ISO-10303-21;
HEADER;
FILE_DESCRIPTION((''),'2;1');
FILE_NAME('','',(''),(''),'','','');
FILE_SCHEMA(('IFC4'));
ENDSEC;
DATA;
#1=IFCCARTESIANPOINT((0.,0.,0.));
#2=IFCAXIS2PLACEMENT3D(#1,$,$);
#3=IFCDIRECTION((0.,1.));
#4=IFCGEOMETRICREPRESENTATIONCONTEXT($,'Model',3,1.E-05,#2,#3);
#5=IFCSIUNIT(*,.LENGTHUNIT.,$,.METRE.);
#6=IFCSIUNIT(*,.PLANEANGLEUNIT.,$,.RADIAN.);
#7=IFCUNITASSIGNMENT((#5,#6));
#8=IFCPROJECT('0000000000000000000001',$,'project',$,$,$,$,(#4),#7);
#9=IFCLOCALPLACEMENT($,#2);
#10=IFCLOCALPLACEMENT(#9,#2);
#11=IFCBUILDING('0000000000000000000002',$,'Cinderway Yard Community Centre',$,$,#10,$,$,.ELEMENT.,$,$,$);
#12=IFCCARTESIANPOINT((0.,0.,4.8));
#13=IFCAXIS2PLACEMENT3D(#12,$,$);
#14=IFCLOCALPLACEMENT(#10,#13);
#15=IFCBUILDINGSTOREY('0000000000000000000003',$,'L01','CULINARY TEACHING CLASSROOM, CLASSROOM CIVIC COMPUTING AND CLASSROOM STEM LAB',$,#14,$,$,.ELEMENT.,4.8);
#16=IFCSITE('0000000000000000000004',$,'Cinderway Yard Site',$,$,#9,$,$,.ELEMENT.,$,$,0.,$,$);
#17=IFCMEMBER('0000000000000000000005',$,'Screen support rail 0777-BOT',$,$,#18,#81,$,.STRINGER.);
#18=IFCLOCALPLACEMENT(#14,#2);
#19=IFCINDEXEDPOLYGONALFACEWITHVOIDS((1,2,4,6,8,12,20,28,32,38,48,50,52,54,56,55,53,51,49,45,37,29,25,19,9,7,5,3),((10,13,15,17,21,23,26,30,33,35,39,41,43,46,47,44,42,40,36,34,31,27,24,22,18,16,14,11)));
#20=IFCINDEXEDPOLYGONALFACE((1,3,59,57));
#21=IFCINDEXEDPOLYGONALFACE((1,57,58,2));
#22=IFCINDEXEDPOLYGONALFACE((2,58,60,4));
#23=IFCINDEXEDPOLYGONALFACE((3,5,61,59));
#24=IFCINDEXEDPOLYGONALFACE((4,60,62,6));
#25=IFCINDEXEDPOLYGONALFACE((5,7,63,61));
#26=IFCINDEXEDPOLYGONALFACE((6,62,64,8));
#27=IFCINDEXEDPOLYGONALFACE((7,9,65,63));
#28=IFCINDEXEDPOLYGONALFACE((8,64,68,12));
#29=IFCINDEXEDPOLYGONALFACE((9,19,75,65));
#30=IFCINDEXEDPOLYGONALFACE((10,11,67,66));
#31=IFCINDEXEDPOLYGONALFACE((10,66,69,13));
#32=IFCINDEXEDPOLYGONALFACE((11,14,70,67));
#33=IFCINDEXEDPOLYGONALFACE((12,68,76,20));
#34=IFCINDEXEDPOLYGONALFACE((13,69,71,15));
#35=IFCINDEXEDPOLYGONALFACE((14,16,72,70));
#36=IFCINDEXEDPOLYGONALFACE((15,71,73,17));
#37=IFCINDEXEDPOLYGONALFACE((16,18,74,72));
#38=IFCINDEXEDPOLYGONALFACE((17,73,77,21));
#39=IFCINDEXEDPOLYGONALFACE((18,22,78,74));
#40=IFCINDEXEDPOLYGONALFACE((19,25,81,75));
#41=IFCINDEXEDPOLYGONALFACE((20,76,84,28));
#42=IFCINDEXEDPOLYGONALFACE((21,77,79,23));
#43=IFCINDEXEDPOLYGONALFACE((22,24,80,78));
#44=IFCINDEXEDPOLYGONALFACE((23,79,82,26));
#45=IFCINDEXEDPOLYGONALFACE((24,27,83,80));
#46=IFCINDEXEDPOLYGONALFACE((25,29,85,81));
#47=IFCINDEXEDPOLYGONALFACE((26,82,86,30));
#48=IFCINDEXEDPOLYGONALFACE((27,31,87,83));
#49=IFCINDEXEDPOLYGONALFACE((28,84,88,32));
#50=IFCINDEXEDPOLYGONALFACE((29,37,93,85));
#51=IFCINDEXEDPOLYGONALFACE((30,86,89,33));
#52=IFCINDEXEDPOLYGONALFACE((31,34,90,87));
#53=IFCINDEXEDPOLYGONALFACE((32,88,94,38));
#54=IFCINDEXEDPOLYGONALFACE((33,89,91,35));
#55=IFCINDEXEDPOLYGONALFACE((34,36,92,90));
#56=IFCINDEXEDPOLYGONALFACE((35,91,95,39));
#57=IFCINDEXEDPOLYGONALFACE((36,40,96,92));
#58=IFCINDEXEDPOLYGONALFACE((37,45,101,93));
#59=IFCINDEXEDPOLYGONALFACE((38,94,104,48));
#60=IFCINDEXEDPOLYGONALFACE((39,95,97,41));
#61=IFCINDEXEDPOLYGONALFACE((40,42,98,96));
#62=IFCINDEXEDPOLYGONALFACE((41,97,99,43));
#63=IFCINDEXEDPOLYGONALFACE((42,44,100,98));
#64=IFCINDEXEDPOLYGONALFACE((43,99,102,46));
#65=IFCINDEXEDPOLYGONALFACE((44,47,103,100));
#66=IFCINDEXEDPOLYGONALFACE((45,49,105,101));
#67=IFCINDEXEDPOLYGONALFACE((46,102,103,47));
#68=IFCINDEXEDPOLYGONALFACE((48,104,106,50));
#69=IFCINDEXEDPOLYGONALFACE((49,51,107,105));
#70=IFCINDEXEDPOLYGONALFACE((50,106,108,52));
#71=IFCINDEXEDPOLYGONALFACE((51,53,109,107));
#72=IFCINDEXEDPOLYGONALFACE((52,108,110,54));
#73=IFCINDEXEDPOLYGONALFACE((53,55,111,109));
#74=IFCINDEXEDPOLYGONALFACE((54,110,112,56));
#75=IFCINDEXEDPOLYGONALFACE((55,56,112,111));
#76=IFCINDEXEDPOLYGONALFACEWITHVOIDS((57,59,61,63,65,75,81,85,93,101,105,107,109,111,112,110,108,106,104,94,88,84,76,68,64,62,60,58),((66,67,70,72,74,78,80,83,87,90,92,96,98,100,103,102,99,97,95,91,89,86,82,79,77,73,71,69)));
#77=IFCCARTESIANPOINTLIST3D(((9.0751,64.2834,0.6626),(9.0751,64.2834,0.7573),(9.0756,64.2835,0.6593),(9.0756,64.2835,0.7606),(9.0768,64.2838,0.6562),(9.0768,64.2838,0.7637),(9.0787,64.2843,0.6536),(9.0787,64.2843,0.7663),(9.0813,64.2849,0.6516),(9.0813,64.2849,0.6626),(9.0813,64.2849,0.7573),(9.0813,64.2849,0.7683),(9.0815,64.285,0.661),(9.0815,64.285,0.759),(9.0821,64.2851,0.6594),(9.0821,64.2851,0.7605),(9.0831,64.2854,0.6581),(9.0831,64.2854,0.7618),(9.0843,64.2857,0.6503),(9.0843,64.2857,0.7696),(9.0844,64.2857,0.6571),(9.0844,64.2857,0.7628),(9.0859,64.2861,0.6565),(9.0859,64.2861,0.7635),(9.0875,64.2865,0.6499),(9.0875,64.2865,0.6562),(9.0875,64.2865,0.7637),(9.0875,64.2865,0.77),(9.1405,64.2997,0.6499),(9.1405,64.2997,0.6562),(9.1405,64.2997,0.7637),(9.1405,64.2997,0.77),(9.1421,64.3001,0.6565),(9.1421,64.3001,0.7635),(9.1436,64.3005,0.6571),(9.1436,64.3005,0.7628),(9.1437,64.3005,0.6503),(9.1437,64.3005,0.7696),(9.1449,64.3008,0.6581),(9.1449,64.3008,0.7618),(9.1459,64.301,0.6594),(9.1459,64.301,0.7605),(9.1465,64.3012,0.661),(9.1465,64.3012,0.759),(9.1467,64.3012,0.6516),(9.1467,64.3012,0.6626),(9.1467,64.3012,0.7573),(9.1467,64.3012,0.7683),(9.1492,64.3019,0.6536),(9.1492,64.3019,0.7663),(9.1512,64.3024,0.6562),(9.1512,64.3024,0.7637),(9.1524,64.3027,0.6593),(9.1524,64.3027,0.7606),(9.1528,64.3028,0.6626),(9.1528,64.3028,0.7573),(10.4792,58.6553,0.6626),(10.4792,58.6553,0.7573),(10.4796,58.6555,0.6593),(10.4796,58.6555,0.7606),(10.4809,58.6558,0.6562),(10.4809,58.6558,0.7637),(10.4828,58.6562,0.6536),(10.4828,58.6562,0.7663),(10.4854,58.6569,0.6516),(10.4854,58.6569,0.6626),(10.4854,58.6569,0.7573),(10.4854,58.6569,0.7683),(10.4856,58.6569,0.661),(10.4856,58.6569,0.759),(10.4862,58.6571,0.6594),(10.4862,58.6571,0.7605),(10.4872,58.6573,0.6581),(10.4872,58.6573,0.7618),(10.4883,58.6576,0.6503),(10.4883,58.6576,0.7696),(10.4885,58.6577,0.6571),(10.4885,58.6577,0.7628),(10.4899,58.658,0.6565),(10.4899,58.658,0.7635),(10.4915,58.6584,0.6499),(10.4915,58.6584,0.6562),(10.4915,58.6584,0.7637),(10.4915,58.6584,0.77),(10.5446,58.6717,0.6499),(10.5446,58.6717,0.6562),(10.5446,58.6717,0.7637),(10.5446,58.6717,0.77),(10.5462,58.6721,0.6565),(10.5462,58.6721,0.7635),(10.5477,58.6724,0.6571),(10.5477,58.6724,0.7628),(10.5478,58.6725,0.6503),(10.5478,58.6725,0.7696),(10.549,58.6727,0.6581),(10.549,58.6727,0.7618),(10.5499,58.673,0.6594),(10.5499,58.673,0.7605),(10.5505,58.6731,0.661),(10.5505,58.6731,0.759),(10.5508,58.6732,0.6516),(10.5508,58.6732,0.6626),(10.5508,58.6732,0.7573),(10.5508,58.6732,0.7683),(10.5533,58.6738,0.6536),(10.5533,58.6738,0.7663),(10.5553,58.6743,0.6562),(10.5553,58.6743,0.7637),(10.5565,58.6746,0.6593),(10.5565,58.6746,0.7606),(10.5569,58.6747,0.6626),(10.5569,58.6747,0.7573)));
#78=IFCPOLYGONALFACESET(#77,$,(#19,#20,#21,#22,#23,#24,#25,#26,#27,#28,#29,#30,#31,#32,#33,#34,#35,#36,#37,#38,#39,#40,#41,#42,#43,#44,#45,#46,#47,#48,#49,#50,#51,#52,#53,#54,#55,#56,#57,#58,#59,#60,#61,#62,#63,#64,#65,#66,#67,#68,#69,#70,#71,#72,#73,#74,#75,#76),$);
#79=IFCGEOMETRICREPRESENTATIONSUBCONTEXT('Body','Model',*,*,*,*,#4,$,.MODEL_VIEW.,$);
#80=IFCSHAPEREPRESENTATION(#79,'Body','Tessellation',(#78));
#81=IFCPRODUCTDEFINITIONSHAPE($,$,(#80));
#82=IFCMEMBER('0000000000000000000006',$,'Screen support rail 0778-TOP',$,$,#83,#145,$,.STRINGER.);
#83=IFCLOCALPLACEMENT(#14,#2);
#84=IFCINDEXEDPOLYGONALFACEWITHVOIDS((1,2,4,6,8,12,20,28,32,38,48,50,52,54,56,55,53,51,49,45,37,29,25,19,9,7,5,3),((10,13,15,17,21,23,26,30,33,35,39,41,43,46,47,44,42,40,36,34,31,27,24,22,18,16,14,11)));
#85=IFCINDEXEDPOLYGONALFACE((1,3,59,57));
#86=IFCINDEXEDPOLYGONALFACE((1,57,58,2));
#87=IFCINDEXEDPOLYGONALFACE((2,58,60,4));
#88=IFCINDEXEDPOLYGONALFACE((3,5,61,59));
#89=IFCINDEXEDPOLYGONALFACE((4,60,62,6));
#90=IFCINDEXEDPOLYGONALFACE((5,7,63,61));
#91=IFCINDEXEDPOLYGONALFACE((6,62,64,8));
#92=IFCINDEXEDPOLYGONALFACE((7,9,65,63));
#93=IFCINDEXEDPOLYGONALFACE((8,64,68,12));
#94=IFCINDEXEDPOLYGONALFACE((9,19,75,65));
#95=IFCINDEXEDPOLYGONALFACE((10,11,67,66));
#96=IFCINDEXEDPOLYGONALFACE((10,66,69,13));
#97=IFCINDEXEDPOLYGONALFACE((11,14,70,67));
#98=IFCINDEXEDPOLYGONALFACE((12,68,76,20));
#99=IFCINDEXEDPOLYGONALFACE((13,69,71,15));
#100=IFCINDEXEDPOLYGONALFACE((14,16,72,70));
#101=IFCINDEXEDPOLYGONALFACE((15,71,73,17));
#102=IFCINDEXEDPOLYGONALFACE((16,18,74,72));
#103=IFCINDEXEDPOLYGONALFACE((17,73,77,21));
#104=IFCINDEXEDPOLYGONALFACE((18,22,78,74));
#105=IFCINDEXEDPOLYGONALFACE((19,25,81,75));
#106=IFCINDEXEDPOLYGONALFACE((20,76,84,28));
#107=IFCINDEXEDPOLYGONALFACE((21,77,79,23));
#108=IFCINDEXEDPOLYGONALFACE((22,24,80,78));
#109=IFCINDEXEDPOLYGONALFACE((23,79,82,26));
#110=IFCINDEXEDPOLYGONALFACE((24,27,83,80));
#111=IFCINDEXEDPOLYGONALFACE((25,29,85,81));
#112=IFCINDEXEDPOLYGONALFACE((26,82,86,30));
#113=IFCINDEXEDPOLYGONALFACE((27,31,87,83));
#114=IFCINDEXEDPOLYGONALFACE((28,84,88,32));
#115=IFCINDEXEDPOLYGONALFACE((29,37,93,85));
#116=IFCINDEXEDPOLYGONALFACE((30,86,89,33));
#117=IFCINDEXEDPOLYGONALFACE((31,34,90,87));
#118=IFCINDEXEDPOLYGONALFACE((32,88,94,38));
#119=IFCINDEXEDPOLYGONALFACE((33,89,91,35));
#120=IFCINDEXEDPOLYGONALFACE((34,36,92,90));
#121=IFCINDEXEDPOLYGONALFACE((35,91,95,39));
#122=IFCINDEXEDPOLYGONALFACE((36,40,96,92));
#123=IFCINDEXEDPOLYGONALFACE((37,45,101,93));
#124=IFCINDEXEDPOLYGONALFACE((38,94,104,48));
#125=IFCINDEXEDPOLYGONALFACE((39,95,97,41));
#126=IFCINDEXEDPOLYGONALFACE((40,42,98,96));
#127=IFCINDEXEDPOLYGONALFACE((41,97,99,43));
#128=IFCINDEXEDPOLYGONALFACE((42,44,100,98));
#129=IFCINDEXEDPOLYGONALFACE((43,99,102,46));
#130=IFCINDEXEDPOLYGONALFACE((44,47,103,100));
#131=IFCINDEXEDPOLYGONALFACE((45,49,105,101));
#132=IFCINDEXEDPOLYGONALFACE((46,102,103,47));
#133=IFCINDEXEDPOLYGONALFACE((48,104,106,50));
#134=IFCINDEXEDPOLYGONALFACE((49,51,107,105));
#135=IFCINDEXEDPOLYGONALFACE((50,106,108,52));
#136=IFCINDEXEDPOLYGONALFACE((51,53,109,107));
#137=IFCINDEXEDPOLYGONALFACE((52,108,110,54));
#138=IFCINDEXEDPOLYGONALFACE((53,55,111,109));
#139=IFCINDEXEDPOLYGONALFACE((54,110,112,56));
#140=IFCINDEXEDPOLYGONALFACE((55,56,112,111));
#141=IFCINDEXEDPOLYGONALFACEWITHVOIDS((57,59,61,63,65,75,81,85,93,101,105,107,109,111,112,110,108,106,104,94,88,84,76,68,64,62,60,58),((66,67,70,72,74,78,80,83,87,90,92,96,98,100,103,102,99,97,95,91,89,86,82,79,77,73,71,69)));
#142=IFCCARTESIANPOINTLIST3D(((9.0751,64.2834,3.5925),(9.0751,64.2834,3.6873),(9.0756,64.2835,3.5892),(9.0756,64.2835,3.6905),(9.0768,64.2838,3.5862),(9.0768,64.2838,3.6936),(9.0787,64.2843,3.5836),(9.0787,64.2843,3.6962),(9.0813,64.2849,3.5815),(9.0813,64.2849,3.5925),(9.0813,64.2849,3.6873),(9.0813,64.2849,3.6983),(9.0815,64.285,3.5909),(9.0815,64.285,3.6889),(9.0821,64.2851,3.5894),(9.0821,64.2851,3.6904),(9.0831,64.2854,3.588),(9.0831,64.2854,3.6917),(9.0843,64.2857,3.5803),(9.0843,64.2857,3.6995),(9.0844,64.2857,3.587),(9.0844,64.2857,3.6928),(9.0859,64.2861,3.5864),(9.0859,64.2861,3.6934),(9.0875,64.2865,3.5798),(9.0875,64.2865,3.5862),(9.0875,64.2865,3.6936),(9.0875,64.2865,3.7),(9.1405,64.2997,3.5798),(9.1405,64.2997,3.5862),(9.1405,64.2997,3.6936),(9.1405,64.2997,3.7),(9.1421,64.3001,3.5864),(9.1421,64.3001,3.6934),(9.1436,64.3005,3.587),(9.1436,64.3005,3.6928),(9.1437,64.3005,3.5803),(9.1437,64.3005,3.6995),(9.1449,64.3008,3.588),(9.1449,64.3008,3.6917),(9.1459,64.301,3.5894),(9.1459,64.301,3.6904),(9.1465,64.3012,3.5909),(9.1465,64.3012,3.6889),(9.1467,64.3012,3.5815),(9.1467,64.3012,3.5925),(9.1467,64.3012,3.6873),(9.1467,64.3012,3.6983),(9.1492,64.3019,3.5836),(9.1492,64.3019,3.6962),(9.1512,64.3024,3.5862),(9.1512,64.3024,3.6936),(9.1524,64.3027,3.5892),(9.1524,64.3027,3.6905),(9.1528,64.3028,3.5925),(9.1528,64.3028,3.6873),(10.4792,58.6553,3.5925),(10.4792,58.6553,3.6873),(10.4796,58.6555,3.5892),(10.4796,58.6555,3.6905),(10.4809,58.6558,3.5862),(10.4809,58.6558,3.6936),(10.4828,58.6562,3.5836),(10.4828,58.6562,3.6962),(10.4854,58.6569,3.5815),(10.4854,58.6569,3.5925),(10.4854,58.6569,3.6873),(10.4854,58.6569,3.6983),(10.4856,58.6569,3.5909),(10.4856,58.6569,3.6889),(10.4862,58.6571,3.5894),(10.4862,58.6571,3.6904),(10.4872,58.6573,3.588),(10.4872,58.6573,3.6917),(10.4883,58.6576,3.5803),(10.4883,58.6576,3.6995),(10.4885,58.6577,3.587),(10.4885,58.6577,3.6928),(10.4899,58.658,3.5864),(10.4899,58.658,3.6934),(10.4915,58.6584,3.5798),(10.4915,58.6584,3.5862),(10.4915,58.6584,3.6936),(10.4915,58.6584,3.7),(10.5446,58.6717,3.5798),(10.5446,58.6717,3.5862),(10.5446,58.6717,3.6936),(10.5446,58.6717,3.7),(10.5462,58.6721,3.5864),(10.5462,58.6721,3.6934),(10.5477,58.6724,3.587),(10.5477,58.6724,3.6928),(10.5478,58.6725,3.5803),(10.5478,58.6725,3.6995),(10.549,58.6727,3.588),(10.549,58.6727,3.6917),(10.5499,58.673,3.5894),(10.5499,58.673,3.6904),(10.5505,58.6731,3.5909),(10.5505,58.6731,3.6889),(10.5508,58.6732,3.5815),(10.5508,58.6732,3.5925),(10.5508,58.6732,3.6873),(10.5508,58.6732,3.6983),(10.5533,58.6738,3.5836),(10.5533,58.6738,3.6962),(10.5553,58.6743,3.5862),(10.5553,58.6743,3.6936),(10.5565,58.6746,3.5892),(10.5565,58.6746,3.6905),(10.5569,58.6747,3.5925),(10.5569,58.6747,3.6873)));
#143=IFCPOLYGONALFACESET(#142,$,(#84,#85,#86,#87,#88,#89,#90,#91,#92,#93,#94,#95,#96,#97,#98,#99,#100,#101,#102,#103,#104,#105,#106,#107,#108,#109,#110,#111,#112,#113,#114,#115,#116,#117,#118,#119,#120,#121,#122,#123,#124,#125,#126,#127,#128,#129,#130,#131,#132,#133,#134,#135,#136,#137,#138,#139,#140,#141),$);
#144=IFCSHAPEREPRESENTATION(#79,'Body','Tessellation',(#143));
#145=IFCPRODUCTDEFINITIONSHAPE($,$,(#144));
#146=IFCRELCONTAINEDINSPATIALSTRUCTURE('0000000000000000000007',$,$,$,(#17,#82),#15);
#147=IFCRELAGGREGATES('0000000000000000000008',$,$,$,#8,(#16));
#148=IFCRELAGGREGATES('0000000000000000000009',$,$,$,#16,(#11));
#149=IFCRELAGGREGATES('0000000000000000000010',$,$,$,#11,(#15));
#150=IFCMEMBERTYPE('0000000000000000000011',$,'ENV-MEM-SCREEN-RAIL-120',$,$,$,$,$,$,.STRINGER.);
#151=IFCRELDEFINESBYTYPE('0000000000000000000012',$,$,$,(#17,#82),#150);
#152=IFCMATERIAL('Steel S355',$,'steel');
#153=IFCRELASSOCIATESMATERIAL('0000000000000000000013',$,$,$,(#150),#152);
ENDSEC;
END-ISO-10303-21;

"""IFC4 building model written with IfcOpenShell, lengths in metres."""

from ifc_helpers import new_model, si_unit, direction, frame, origin, origin_2d, place, context, subcontext, project, spatial, hollow_rectangle, extrude, material, material_profile, profile_set, type_object, element, save


model = new_model("IFC4")

# Units and contexts
model_context = context("Model", 3, precision=1e-05, world=origin(), true_north=direction((0.0, 1.0)))
body_context = subcontext(model_context, "Body", "Model", "MODEL_VIEW")
ifc_project = project(units=[si_unit("LENGTHUNIT", "METRE"), si_unit("PLANEANGLEUNIT", "RADIAN")], contexts=[model_context])

# Site, building, storey
site_placement = place(None, origin())
site = spatial("IfcSite", under=ifc_project, at=site_placement, Name="Cinderway Yard Site", CompositionType="ELEMENT", RefElevation=0.0)
building_placement = place(site_placement, origin())
building = spatial("IfcBuilding", under=site, at=building_placement, Name="Cinderway Yard Community Centre", CompositionType="ELEMENT")
storey_placement = place(building_placement, frame((0.0, 0.0, 4.8)))
storey = spatial("IfcBuildingStorey", under=building, at=storey_placement, Name="L01", Description="CULINARY TEACHING CLASSROOM, CLASSROOM CIVIC COMPUTING AND CLASSROOM STEM LAB", CompositionType="ELEMENT", Elevation=4.8)

# Members
ifc_material_1 = material(Name="Steel S355", Category="steel")
ifc_material_profile_1 = material_profile(ifc_material_1, hollow_rectangle(XDim=0.0801, YDim=0.1201, WallThickness=0.0063, InnerFilletRadius=0.0063, OuterFilletRadius=0.0127, at=origin_2d()), Name="Steel S355")
ifc_profile_set_1 = profile_set([ifc_material_profile_1], Name="Steel S355")
member_type_1 = type_object("IfcMemberType", Name="ENV-MEM-SCREEN-RAIL-120", PredefinedType="STRINGER", material=ifc_profile_set_1)
for number, where, z_axis, x_axis, name in (
    (1, (10.5181, 58.665, 0.71), (-0.24206, 0.970261, 0.0), (-0.970261, -0.24206, 0.0), "Screen support rail 0777-BOT"),
    (2, (10.5181, 58.665, 3.6399), (-0.24206, 0.970261, 0.0), (-0.970261, -0.24206, 0.0), "Screen support rail 0778-TOP"),
):
    element("IfcMember", number, at=place(storey_placement, frame(where, z_axis=z_axis, x_axis=x_axis)), inside=storey, type_object=member_type_1, Name=name, PredefinedType="STRINGER", context=body_context, shape_type="SweptSolid", body=[
        extrude(hollow_rectangle(XDim=0.0801, YDim=0.1201, WallThickness=0.0063, InnerFilletRadius=0.0063, OuterFilletRadius=0.0127, at=origin_2d()), origin(), (0.0, 0.0, 1.0), 5.8005),
    ])

save(model, "model.ifc")
